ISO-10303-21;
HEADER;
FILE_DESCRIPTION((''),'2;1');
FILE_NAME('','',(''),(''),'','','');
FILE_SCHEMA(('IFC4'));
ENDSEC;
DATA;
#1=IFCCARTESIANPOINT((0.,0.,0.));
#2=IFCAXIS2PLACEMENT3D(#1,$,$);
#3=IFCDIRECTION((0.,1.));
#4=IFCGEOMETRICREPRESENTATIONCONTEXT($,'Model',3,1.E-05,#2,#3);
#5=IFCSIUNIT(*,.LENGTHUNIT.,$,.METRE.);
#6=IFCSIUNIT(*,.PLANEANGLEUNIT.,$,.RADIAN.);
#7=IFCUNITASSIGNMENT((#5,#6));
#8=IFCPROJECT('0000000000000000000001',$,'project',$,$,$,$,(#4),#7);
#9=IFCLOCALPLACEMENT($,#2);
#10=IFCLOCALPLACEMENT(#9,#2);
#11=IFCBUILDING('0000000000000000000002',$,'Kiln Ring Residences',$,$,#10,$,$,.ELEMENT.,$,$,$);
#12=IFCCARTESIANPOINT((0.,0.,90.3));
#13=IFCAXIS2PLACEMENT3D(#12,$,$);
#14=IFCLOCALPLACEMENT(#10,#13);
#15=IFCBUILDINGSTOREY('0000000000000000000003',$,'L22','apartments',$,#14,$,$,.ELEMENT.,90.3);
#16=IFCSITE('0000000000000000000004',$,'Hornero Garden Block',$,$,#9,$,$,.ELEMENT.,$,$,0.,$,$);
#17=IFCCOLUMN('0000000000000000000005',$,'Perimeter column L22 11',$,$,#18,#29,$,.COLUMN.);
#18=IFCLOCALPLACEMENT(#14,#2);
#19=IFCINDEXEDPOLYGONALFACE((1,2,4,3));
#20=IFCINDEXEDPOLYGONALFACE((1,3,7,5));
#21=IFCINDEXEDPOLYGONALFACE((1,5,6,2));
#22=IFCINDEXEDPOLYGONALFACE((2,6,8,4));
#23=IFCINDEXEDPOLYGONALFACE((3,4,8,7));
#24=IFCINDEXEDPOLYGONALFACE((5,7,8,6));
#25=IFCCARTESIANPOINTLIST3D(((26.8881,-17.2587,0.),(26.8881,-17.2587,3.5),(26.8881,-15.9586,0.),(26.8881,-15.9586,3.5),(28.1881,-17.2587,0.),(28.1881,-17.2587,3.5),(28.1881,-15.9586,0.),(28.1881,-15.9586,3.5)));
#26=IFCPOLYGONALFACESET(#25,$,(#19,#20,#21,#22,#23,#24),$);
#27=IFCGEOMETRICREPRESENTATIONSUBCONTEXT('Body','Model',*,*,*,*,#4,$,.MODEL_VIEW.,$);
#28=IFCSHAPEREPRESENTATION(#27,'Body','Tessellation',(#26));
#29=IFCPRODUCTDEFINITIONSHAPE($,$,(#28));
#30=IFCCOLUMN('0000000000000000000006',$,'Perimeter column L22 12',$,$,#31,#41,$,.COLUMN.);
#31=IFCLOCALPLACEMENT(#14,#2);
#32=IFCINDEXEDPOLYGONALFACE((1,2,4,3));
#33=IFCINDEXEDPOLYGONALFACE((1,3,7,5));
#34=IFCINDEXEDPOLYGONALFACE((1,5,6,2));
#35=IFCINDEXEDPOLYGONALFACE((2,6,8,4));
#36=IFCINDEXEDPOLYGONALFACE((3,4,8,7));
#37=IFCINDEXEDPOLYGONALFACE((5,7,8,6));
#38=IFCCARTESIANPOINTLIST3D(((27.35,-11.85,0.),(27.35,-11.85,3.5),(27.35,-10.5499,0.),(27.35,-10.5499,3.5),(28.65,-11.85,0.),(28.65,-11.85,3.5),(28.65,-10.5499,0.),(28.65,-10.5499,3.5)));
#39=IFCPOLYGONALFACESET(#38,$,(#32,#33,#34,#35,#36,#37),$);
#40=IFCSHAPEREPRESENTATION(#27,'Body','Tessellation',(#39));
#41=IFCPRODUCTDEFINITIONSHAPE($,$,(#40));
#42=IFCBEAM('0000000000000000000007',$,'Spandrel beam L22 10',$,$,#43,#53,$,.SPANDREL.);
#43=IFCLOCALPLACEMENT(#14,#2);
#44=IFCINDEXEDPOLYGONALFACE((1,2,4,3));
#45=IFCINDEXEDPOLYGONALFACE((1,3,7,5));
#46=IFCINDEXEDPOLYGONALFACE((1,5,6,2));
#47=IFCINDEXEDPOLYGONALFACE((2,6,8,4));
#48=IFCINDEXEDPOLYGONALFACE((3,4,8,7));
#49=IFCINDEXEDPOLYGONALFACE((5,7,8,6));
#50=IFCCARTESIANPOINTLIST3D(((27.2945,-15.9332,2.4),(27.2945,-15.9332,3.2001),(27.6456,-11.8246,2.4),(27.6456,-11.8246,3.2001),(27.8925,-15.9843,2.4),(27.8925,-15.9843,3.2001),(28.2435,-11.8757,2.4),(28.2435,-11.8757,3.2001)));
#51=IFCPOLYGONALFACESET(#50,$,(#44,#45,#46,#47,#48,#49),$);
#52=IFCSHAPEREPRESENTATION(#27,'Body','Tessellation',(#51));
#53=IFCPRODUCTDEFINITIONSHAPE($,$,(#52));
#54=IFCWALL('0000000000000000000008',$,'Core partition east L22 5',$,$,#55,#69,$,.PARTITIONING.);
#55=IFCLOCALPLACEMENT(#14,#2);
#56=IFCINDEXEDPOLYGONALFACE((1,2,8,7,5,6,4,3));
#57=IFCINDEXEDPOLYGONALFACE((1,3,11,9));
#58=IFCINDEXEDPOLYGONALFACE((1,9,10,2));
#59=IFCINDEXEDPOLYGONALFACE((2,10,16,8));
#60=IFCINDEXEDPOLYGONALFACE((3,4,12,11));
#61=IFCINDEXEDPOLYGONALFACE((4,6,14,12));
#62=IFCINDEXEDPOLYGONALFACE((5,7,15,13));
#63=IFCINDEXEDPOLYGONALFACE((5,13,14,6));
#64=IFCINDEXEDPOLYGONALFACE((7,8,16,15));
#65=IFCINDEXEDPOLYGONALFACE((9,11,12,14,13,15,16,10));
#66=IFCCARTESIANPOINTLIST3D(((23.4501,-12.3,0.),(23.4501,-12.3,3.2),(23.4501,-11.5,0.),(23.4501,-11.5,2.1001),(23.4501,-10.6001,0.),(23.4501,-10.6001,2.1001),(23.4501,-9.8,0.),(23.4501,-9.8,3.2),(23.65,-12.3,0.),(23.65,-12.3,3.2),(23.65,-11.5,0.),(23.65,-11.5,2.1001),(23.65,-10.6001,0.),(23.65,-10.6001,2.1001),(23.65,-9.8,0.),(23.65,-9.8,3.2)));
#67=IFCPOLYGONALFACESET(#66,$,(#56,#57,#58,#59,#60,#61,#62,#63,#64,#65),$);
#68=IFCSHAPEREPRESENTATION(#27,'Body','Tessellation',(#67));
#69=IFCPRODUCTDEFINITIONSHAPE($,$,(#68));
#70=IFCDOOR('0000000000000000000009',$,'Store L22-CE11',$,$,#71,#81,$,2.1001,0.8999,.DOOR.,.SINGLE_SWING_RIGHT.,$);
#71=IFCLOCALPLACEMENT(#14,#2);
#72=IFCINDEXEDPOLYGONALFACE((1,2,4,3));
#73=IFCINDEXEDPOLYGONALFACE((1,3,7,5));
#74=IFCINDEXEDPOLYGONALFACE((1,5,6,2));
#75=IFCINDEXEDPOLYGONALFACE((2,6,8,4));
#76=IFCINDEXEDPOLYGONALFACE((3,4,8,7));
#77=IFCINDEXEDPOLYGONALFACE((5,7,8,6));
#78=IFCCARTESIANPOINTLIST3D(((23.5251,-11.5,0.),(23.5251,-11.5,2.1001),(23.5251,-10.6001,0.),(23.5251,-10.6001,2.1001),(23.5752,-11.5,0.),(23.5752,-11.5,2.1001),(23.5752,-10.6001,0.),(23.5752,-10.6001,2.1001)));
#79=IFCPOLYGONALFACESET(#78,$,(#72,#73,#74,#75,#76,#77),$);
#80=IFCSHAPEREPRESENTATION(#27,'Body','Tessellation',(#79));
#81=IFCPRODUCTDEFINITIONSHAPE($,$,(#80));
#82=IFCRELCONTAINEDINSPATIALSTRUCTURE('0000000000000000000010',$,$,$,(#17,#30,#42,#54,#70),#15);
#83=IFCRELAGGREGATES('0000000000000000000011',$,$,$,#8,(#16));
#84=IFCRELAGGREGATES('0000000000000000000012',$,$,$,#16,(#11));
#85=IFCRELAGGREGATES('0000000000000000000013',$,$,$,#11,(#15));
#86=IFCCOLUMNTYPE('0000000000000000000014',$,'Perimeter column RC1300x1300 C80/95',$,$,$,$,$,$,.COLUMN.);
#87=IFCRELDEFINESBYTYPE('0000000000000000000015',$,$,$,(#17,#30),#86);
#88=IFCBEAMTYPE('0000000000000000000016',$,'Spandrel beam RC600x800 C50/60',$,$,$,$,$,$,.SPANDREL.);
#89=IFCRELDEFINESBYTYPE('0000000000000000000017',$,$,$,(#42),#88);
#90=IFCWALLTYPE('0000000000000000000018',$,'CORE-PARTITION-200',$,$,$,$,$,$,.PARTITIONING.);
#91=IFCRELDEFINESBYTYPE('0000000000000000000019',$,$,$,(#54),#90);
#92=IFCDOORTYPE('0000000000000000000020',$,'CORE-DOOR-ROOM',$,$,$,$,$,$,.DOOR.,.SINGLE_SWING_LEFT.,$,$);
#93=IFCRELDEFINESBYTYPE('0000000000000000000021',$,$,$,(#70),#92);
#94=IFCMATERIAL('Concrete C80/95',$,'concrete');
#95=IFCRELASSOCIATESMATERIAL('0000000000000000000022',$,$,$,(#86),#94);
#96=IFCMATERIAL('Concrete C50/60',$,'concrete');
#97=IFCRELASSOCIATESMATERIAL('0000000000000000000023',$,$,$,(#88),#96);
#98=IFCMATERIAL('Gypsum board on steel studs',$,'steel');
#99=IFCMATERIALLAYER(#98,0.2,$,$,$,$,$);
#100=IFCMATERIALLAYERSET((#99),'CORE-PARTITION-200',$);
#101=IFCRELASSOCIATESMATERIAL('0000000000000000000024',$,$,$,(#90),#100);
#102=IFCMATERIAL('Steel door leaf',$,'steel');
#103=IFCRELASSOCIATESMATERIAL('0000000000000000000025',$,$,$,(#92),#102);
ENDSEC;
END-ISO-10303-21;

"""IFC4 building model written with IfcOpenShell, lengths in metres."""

from ifc_helpers import new_model, si_unit, direction, frame, frame_2d, origin, origin_2d, place, context, subcontext, project, spatial, rectangle, extrude, material, layer, layer_set, material_profile, profile_set, type_object, element, fill, save


model = new_model("IFC4")

# Units and contexts
model_context = context("Model", 3, precision=1e-05, world=origin(), true_north=direction((0.0, 1.0)))
body_context = subcontext(model_context, "Body", "Model", "MODEL_VIEW")
ifc_project = project(units=[si_unit("LENGTHUNIT", "METRE"), si_unit("PLANEANGLEUNIT", "RADIAN")], contexts=[model_context])

# Site, building, storey
site_placement = place(None, origin())
site = spatial("IfcSite", under=ifc_project, at=site_placement, Name="Hornero Garden Block", CompositionType="ELEMENT", RefElevation=0.0)
building_placement = place(site_placement, origin())
building = spatial("IfcBuilding", under=site, at=building_placement, Name="Kiln Ring Residences", CompositionType="ELEMENT")
storey_placement = place(building_placement, frame((0.0, 0.0, 90.3)))
storey = spatial("IfcBuildingStorey", under=building, at=storey_placement, Name="L22", Description="apartments", CompositionType="ELEMENT", Elevation=90.3)

# Columns
ifc_material_1 = material(Name="Concrete C80/95", Category="concrete")
ifc_material_profile_1 = material_profile(ifc_material_1, rectangle(XDim=1.3, YDim=1.3, at=origin_2d()), Name="RC1300x1300")
ifc_profile_set_1 = profile_set([ifc_material_profile_1], Name="Concrete C80/95")
column_type = type_object("IfcColumnType", Name="Perimeter column RC1300x1300 C80/95", PredefinedType="COLUMN", material=ifc_profile_set_1)
for number, where, z_axis, x_axis, name in (
    (1, (27.5381, -16.6086, 0.0), (0.0, 0.0, 1.0), (1.0, 0.0, 0.0), "Perimeter column L22 11"),
    (2, (28.0, -11.2, 0.0), (0.0, 0.0, 1.0), (1.0, 0.0, 0.0), "Perimeter column L22 12"),
):
    element("IfcColumn", number, at=place(storey_placement, frame(where, z_axis=z_axis, x_axis=x_axis)), inside=storey, type_object=column_type, Name=name, PredefinedType="COLUMN", context=body_context, shape_type="SweptSolid", body=[
        extrude(rectangle(XDim=1.3, YDim=1.3, at=origin_2d()), origin(), (0.0, 0.0, 1.0), 3.5),
    ])

# Beam
ifc_material_2 = material(Name="Concrete C50/60", Category="concrete")
ifc_material_profile_2 = material_profile(ifc_material_2, rectangle(XDim=0.6001, YDim=0.8, at=origin_2d()), Name="RC600x800")
ifc_profile_set_2 = profile_set([ifc_material_profile_2], Name="Concrete C50/60")
beam_type = type_object("IfcBeamType", Name="Spandrel beam RC600x800 C50/60", PredefinedType="SPANDREL", material=ifc_profile_set_2)
beam_placement = place(storey_placement, frame((27.5935, -15.9587, 2.8), z_axis=(0.085137, 0.996369, 0.0), x_axis=(-0.996369, 0.085137, 0.0)))
element("IfcBeam", 3, at=beam_placement, inside=storey, type_object=beam_type, Name="Spandrel beam L22 10", PredefinedType="SPANDREL", context=body_context, shape_type="SweptSolid", body=[
    extrude(rectangle(XDim=0.6001, YDim=0.8, at=origin_2d()), origin(), (0.0, 0.0, 1.0), 4.1235),
])

# Wall, opening, door
ifc_material_3 = material(Name="Gypsum board on steel studs", Category="steel")
ifc_layer_1 = layer(ifc_material_3, 0.2)
ifc_layer_set_1 = layer_set([ifc_layer_1], Name="CORE-PARTITION-200")
wall_type_1 = type_object("IfcWallType", Name="CORE-PARTITION-200", PredefinedType="PARTITIONING", material=ifc_layer_set_1)
wall_1_placement = place(storey_placement, frame((23.55, -12.3, 0.0), z_axis=(0.0, 0.0, 1.0), x_axis=(0.0, 1.0, 0.0)))
wall_1 = element("IfcWall", 4, at=wall_1_placement, inside=storey, type_object=wall_type_1, Name="Core partition east L22 5", PredefinedType="PARTITIONING", context=body_context, shape_type="SweptSolid", body=[
    extrude(rectangle(XDim=2.5, YDim=0.2, at=frame_2d((1.25, 0.0))), origin(), (0.0, 0.0, 1.0), 3.2),
])
opening_1_placement = place(wall_1_placement, frame((0.8, 0.0, 0.0)))
opening_1 = element("IfcOpeningElement", 5, at=opening_1_placement, cuts=wall_1, PredefinedType="OPENING", context=body_context, shape_type="SweptSolid", body=[
    extrude(rectangle(XDim=0.8999, YDim=2.1001, at=frame_2d((0.45, 1.05))), frame((0.0, 0.1099, 0.0), z_axis=(0.0, -1.0, 0.0), x_axis=(1.0, 0.0, 0.0)), (0.0, 0.0, 1.0), 0.22),
])
ifc_material_4 = material(Name="Steel door leaf", Category="steel")
door_type_1 = type_object("IfcDoorType", Name="CORE-DOOR-ROOM", OperationType="SINGLE_SWING_LEFT", PredefinedType="DOOR", material=ifc_material_4)
door_1_placement = place(opening_1_placement, origin())
door_1 = element("IfcDoor", 6, at=door_1_placement, inside=storey, type_object=door_type_1, Name="Store L22-CE11", OperationType="SINGLE_SWING_RIGHT", OverallHeight=2.1001, OverallWidth=0.8999, PredefinedType="DOOR", context=body_context, shape_type="SweptSolid", body=[
    extrude(rectangle(XDim=0.8999, YDim=2.1001, at=frame_2d((0.45, 1.05))), frame((0.0, 0.0249, 0.0), z_axis=(0.0, -1.0, 0.0), x_axis=(1.0, 0.0, 0.0)), (0.0, 0.0, 1.0), 0.05),
])
fill(opening_1, door_1)

save(model, "model.ifc")
